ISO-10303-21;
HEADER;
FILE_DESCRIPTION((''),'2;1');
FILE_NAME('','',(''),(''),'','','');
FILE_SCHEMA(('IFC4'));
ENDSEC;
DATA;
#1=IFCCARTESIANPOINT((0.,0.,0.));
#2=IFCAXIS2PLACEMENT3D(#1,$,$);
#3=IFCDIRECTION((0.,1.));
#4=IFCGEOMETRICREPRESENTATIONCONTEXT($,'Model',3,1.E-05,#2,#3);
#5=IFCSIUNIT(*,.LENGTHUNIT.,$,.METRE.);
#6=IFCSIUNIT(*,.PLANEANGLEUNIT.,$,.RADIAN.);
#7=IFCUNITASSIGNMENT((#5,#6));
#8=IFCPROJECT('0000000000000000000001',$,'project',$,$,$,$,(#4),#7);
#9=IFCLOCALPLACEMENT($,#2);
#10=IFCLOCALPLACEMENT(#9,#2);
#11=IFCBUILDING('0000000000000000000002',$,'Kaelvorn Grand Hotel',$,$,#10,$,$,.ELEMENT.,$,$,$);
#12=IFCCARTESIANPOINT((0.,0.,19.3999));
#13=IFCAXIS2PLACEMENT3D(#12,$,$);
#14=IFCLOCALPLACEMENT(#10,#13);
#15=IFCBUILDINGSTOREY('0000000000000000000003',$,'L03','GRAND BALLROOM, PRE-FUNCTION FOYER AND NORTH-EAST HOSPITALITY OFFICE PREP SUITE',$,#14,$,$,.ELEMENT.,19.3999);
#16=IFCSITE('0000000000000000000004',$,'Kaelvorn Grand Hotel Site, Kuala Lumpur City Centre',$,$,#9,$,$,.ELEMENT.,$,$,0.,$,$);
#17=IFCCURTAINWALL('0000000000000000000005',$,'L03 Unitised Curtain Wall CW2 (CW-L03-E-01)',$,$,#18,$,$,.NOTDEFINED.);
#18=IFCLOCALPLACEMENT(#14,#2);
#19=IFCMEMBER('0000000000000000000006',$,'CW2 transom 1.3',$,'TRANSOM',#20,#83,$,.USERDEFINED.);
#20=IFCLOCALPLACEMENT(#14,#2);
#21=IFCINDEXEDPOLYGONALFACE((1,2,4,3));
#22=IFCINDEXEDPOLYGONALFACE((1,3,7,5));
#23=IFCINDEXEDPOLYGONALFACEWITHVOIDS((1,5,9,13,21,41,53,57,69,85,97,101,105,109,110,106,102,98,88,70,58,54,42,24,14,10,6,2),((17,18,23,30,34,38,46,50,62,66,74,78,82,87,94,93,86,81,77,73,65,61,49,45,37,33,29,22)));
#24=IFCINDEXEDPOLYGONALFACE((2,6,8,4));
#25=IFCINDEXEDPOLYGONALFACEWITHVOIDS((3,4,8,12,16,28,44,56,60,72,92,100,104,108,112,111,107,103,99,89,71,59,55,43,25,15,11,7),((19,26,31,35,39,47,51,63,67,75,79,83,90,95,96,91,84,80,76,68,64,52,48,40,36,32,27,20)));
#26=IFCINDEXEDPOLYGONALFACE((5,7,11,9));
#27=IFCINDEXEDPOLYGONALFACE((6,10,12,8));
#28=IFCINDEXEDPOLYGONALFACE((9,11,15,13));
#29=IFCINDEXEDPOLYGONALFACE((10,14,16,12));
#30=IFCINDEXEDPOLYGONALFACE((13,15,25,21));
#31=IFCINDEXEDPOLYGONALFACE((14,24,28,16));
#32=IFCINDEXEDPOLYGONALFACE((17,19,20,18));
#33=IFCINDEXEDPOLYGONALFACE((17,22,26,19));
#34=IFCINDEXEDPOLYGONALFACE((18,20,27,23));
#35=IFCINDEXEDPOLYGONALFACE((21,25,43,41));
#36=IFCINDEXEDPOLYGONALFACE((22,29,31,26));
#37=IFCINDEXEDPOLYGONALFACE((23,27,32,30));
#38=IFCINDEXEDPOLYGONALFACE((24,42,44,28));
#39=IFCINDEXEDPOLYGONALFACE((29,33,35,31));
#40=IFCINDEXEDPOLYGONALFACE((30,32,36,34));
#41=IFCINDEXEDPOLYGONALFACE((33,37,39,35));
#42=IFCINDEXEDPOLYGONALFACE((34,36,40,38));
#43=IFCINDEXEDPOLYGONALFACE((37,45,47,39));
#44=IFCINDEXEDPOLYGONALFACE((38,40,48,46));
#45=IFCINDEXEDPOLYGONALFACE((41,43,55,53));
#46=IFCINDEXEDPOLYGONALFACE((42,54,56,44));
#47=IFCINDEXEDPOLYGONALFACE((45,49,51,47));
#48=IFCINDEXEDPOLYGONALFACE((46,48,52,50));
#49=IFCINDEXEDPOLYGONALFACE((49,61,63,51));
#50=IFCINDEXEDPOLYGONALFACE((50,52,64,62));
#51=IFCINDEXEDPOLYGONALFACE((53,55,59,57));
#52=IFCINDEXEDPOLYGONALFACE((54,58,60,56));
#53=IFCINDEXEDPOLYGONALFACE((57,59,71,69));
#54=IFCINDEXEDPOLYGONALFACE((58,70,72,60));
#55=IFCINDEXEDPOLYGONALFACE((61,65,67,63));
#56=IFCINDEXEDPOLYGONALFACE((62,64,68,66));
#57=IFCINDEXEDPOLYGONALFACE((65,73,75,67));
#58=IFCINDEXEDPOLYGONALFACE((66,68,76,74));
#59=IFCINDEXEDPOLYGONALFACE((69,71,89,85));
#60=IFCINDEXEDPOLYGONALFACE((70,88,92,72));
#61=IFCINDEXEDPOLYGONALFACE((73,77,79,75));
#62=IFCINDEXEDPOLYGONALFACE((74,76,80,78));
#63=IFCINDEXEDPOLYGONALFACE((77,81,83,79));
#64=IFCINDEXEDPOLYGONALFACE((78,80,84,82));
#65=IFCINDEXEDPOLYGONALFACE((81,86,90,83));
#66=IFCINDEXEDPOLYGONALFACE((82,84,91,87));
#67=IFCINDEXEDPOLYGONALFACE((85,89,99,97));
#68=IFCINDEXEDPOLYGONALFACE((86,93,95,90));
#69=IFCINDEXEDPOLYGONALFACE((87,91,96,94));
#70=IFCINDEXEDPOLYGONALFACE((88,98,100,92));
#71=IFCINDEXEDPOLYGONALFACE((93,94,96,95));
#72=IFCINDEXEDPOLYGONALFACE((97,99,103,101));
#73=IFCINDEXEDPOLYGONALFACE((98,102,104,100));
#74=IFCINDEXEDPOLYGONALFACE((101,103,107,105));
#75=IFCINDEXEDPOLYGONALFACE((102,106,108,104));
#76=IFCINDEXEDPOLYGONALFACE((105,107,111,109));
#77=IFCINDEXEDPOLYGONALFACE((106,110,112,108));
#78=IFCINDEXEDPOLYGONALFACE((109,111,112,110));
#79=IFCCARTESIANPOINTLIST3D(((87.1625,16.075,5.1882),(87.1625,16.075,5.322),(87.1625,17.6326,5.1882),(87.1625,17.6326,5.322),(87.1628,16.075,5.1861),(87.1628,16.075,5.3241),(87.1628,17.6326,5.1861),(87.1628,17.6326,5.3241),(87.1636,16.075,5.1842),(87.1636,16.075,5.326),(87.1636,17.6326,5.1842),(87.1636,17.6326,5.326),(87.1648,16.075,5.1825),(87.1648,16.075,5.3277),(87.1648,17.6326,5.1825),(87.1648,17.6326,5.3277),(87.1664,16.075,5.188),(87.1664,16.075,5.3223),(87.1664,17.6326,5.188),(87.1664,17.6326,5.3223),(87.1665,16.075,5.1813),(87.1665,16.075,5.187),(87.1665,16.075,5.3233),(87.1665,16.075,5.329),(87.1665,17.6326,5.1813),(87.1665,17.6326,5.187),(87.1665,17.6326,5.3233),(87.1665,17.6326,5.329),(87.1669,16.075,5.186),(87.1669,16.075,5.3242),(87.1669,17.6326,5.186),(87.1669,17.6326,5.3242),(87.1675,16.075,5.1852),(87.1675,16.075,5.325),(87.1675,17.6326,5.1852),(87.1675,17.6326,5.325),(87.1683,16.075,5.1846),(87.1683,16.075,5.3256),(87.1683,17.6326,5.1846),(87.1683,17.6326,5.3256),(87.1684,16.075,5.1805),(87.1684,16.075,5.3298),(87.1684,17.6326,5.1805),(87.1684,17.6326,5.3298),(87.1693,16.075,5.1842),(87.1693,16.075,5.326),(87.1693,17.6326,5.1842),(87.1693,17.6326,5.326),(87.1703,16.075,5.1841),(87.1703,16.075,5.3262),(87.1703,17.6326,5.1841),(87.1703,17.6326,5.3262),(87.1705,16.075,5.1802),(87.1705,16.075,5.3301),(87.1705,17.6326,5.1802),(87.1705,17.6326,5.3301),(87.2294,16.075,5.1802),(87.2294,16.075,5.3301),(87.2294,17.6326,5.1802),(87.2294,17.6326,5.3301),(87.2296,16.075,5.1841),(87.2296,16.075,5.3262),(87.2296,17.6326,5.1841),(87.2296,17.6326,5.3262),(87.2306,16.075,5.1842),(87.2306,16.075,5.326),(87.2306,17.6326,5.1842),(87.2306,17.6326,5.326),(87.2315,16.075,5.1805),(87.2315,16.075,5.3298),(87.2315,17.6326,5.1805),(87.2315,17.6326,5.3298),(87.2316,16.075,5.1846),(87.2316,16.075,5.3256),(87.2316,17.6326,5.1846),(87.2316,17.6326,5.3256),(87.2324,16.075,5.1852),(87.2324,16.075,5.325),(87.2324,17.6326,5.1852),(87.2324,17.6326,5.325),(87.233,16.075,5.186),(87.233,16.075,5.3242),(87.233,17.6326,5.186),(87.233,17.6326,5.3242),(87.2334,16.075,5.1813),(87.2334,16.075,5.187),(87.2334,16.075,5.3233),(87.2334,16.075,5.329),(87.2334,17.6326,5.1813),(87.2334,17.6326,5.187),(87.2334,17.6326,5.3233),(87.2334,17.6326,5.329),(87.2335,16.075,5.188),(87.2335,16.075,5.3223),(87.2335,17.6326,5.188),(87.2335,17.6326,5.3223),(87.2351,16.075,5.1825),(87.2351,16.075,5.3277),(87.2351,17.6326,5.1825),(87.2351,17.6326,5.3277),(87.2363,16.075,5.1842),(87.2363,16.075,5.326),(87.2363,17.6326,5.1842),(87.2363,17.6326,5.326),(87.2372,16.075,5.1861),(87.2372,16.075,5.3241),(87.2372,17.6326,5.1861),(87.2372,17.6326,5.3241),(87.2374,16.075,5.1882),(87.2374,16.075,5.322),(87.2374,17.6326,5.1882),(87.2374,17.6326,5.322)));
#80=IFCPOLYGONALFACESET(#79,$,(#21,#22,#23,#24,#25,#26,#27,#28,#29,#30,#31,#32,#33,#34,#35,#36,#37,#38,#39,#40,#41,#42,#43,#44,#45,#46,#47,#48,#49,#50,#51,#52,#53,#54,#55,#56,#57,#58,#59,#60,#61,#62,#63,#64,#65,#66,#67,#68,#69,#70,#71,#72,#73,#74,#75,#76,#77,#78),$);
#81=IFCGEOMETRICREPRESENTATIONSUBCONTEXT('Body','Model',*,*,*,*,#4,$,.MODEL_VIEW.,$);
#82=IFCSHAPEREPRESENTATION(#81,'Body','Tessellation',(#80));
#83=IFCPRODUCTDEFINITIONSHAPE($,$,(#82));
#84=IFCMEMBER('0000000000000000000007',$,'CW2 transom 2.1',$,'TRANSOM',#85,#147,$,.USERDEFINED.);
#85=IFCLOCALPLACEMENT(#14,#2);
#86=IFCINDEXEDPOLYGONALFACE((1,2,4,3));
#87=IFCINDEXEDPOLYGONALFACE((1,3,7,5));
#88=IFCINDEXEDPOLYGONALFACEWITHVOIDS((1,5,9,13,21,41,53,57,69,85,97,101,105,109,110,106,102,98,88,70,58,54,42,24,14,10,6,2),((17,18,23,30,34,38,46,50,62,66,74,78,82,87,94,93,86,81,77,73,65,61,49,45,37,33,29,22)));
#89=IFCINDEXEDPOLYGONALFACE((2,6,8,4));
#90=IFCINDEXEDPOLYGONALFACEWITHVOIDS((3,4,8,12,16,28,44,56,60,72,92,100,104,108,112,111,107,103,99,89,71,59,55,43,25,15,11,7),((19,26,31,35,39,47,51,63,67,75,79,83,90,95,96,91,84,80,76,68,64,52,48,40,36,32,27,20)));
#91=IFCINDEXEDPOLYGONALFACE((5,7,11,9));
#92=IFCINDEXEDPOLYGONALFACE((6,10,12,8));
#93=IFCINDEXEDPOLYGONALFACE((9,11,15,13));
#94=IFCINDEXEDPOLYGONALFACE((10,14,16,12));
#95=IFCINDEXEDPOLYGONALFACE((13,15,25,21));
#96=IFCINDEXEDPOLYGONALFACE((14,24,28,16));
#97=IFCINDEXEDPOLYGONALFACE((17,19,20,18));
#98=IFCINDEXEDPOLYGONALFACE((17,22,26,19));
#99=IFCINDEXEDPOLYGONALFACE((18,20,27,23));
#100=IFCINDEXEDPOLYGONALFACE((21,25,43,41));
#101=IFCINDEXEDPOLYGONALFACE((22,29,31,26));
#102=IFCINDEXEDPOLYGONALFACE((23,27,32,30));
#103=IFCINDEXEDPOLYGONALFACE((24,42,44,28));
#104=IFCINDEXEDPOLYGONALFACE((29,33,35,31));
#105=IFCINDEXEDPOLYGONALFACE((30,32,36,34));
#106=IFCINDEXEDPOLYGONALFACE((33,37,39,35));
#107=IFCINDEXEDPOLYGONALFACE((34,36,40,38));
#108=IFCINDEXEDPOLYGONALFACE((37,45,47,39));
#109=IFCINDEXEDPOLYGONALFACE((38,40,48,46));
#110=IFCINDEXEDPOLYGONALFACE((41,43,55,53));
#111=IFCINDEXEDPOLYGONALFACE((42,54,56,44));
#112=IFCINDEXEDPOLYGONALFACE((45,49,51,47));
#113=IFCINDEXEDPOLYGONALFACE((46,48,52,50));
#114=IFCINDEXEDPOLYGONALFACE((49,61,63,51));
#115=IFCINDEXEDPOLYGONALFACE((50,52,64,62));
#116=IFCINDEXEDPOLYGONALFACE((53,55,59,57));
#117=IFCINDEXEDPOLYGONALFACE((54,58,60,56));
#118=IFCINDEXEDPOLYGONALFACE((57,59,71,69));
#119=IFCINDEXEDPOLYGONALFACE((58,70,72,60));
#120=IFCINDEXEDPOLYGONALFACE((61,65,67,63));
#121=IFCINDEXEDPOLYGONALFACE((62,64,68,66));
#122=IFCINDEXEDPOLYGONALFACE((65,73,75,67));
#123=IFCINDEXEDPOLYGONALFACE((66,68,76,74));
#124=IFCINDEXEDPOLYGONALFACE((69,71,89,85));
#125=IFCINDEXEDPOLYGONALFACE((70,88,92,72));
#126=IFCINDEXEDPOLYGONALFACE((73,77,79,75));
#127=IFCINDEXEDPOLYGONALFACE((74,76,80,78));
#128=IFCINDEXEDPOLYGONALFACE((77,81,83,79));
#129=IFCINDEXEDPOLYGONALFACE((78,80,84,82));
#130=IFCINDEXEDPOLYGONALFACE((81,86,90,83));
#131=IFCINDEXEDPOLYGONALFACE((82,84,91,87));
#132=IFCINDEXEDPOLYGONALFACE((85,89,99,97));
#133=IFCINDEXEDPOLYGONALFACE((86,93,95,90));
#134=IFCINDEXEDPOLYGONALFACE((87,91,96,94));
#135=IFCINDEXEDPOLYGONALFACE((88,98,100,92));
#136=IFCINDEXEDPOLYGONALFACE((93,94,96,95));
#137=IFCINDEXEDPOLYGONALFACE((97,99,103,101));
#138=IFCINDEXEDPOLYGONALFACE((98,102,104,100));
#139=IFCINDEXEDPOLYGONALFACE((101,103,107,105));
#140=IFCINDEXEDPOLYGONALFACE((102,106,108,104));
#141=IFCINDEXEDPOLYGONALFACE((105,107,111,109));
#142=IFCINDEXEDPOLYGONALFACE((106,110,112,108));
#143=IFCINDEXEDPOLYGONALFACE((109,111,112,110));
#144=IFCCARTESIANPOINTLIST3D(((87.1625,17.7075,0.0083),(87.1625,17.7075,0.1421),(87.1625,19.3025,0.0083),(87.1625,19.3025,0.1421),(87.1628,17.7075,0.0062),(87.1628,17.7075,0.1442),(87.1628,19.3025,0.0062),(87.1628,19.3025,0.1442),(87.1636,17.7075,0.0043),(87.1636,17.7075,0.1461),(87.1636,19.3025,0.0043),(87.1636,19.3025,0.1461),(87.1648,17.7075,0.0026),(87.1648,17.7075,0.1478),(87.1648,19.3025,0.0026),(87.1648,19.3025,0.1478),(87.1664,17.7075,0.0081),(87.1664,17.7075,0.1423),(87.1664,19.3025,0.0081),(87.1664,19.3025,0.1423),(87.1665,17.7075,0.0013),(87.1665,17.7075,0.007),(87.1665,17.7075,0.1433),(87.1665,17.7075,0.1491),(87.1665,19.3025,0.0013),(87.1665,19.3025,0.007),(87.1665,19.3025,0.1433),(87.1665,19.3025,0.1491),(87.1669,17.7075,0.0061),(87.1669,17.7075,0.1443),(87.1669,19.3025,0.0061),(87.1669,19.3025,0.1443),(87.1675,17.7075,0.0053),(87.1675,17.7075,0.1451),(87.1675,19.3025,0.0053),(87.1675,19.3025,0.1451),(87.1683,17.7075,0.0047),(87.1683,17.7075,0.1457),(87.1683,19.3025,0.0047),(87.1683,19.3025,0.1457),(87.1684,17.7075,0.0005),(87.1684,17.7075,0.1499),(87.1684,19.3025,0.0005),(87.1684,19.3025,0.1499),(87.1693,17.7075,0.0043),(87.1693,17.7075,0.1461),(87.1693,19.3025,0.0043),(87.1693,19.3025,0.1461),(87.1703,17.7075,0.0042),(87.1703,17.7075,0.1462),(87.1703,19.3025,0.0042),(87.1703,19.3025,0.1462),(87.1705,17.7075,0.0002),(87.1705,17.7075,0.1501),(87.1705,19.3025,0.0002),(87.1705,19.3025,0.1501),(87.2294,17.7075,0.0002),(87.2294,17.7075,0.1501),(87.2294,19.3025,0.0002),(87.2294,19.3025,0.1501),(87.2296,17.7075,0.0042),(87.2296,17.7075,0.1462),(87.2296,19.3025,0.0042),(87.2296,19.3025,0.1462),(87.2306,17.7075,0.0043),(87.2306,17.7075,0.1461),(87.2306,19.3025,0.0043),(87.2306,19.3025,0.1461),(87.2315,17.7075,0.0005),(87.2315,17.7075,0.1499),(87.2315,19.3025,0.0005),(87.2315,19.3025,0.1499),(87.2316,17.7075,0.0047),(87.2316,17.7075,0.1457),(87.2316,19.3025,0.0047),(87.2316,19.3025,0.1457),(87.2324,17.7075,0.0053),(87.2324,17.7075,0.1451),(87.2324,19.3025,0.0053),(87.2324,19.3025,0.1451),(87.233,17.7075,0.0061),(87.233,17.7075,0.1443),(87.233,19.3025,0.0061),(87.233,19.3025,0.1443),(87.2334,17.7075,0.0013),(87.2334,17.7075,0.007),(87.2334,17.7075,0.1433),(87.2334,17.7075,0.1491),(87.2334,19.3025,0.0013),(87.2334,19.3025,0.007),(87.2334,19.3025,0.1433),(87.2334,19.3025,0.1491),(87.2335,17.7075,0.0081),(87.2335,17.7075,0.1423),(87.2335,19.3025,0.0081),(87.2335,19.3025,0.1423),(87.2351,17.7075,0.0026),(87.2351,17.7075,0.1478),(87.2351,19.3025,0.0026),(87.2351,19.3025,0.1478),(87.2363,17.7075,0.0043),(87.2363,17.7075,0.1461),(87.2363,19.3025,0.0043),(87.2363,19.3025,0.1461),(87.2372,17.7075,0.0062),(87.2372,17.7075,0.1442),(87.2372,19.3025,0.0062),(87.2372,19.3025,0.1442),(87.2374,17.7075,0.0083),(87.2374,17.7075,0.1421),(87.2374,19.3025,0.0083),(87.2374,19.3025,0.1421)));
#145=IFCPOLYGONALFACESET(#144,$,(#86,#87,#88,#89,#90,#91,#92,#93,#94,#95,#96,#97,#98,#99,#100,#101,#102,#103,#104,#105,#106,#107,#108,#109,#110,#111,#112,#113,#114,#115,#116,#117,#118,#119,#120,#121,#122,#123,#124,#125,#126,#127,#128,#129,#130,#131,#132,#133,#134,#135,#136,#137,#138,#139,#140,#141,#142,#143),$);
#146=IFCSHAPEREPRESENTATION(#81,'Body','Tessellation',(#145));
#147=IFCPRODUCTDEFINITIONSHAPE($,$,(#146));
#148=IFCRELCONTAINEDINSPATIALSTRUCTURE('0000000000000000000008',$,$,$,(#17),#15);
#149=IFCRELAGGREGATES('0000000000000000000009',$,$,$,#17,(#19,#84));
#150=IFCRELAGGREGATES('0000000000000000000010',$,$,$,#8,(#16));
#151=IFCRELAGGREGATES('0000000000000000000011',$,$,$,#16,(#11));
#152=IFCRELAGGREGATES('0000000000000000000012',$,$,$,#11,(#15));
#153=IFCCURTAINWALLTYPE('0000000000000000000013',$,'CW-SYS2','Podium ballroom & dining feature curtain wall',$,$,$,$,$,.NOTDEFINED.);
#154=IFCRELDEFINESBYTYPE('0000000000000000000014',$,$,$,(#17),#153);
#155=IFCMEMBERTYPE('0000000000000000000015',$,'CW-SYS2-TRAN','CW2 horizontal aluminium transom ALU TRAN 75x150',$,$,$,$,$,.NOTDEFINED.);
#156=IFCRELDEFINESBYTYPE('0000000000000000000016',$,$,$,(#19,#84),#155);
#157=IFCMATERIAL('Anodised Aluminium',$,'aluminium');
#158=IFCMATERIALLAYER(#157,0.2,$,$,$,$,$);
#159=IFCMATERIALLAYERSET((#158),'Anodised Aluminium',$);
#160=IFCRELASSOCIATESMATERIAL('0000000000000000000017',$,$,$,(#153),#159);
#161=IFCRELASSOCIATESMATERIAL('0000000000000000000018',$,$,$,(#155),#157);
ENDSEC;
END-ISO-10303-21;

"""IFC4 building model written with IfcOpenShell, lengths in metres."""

from ifc_helpers import new_model, si_unit, direction, frame, origin, origin_2d, place, context, subcontext, project, spatial, hollow_rectangle, extrude, material, layer, layer_set, material_profile, profile_set, type_object, element, aggregate, save


model = new_model("IFC4")

# Units and contexts
model_context = context("Model", 3, precision=1e-05, world=origin(), true_north=direction((0.0, 1.0)))
body_context = subcontext(model_context, "Body", "Model", "MODEL_VIEW")
ifc_project = project(units=[si_unit("LENGTHUNIT", "METRE"), si_unit("PLANEANGLEUNIT", "RADIAN")], contexts=[model_context])

# Site, building, storey
site_placement = place(None, origin())
site = spatial("IfcSite", under=ifc_project, at=site_placement, Name="Kaelvorn Grand Hotel Site, Kuala Lumpur City Centre", CompositionType="ELEMENT", RefElevation=0.0)
building_placement = place(site_placement, origin())
building = spatial("IfcBuilding", under=site, at=building_placement, Name="Kaelvorn Grand Hotel", CompositionType="ELEMENT")
storey_placement = place(building_placement, frame((0.0, 0.0, 19.3999)))
storey = spatial("IfcBuildingStorey", under=building, at=storey_placement, Name="L03", Description="GRAND BALLROOM, PRE-FUNCTION FOYER AND NORTH-EAST HOSPITALITY OFFICE PREP SUITE", CompositionType="ELEMENT", Elevation=19.3999)

# Curtain wall, members
ifc_material_1 = material(Name="Anodised Aluminium", Category="aluminium")
ifc_layer_1 = layer(ifc_material_1, 0.2)
ifc_layer_set_1 = layer_set([ifc_layer_1], Name="Anodised Aluminium")
curtain_wall_type = type_object("IfcCurtainWallType", Name="CW-SYS2", Description="Podium ballroom & dining feature curtain wall", PredefinedType="NOTDEFINED", material=ifc_layer_set_1)
curtain_wall_placement = place(storey_placement, origin())
curtain_wall = element("IfcCurtainWall", 1, at=curtain_wall_placement, inside=storey, type_object=curtain_wall_type, Name="L03 Unitised Curtain Wall CW2 (CW-L03-E-01)", PredefinedType="NOTDEFINED")
ifc_material_profile_1 = material_profile(ifc_material_1, hollow_rectangle(XDim=0.075, YDim=0.1499, WallThickness=0.0039, InnerFilletRadius=0.0039, OuterFilletRadius=0.0081, at=origin_2d()), Name="ALU TRAN 75x150")
ifc_profile_set_1 = profile_set([ifc_material_profile_1], Name="Anodised Aluminium")
member_type_1 = type_object("IfcMemberType", Name="CW-SYS2-TRAN", Description="CW2 horizontal aluminium transom ALU TRAN 75x150", PredefinedType="NOTDEFINED", material=ifc_profile_set_1)
member_1_placement = place(storey_placement, frame((87.2, 16.075, 5.2551), z_axis=(0.0, 1.0, 0.0), x_axis=(-1.0, 0.0, 0.0)))
member_1 = element("IfcMember", 2, at=member_1_placement, type_object=member_type_1, Name="CW2 transom 1.3", ObjectType="TRANSOM", PredefinedType="USERDEFINED", context=body_context, shape_type="SweptSolid", body=[
    extrude(hollow_rectangle(XDim=0.075, YDim=0.1499, WallThickness=0.0039, InnerFilletRadius=0.0039, OuterFilletRadius=0.0081, at=origin_2d()), origin(), (0.0, 0.0, 1.0), 1.5576),
])
member_2_placement = place(storey_placement, frame((87.2, 17.7075, 0.0752), z_axis=(0.0, 1.0, 0.0), x_axis=(-1.0, 0.0, 0.0)))
member_2 = element("IfcMember", 3, at=member_2_placement, type_object=member_type_1, Name="CW2 transom 2.1", ObjectType="TRANSOM", PredefinedType="USERDEFINED", context=body_context, shape_type="SweptSolid", body=[
    extrude(hollow_rectangle(XDim=0.075, YDim=0.1499, WallThickness=0.0039, InnerFilletRadius=0.0039, OuterFilletRadius=0.0081, at=origin_2d()), origin(), (0.0, 0.0, 1.0), 1.595),
])
aggregate(curtain_wall, [member_1, member_2])

save(model, "model.ifc")
